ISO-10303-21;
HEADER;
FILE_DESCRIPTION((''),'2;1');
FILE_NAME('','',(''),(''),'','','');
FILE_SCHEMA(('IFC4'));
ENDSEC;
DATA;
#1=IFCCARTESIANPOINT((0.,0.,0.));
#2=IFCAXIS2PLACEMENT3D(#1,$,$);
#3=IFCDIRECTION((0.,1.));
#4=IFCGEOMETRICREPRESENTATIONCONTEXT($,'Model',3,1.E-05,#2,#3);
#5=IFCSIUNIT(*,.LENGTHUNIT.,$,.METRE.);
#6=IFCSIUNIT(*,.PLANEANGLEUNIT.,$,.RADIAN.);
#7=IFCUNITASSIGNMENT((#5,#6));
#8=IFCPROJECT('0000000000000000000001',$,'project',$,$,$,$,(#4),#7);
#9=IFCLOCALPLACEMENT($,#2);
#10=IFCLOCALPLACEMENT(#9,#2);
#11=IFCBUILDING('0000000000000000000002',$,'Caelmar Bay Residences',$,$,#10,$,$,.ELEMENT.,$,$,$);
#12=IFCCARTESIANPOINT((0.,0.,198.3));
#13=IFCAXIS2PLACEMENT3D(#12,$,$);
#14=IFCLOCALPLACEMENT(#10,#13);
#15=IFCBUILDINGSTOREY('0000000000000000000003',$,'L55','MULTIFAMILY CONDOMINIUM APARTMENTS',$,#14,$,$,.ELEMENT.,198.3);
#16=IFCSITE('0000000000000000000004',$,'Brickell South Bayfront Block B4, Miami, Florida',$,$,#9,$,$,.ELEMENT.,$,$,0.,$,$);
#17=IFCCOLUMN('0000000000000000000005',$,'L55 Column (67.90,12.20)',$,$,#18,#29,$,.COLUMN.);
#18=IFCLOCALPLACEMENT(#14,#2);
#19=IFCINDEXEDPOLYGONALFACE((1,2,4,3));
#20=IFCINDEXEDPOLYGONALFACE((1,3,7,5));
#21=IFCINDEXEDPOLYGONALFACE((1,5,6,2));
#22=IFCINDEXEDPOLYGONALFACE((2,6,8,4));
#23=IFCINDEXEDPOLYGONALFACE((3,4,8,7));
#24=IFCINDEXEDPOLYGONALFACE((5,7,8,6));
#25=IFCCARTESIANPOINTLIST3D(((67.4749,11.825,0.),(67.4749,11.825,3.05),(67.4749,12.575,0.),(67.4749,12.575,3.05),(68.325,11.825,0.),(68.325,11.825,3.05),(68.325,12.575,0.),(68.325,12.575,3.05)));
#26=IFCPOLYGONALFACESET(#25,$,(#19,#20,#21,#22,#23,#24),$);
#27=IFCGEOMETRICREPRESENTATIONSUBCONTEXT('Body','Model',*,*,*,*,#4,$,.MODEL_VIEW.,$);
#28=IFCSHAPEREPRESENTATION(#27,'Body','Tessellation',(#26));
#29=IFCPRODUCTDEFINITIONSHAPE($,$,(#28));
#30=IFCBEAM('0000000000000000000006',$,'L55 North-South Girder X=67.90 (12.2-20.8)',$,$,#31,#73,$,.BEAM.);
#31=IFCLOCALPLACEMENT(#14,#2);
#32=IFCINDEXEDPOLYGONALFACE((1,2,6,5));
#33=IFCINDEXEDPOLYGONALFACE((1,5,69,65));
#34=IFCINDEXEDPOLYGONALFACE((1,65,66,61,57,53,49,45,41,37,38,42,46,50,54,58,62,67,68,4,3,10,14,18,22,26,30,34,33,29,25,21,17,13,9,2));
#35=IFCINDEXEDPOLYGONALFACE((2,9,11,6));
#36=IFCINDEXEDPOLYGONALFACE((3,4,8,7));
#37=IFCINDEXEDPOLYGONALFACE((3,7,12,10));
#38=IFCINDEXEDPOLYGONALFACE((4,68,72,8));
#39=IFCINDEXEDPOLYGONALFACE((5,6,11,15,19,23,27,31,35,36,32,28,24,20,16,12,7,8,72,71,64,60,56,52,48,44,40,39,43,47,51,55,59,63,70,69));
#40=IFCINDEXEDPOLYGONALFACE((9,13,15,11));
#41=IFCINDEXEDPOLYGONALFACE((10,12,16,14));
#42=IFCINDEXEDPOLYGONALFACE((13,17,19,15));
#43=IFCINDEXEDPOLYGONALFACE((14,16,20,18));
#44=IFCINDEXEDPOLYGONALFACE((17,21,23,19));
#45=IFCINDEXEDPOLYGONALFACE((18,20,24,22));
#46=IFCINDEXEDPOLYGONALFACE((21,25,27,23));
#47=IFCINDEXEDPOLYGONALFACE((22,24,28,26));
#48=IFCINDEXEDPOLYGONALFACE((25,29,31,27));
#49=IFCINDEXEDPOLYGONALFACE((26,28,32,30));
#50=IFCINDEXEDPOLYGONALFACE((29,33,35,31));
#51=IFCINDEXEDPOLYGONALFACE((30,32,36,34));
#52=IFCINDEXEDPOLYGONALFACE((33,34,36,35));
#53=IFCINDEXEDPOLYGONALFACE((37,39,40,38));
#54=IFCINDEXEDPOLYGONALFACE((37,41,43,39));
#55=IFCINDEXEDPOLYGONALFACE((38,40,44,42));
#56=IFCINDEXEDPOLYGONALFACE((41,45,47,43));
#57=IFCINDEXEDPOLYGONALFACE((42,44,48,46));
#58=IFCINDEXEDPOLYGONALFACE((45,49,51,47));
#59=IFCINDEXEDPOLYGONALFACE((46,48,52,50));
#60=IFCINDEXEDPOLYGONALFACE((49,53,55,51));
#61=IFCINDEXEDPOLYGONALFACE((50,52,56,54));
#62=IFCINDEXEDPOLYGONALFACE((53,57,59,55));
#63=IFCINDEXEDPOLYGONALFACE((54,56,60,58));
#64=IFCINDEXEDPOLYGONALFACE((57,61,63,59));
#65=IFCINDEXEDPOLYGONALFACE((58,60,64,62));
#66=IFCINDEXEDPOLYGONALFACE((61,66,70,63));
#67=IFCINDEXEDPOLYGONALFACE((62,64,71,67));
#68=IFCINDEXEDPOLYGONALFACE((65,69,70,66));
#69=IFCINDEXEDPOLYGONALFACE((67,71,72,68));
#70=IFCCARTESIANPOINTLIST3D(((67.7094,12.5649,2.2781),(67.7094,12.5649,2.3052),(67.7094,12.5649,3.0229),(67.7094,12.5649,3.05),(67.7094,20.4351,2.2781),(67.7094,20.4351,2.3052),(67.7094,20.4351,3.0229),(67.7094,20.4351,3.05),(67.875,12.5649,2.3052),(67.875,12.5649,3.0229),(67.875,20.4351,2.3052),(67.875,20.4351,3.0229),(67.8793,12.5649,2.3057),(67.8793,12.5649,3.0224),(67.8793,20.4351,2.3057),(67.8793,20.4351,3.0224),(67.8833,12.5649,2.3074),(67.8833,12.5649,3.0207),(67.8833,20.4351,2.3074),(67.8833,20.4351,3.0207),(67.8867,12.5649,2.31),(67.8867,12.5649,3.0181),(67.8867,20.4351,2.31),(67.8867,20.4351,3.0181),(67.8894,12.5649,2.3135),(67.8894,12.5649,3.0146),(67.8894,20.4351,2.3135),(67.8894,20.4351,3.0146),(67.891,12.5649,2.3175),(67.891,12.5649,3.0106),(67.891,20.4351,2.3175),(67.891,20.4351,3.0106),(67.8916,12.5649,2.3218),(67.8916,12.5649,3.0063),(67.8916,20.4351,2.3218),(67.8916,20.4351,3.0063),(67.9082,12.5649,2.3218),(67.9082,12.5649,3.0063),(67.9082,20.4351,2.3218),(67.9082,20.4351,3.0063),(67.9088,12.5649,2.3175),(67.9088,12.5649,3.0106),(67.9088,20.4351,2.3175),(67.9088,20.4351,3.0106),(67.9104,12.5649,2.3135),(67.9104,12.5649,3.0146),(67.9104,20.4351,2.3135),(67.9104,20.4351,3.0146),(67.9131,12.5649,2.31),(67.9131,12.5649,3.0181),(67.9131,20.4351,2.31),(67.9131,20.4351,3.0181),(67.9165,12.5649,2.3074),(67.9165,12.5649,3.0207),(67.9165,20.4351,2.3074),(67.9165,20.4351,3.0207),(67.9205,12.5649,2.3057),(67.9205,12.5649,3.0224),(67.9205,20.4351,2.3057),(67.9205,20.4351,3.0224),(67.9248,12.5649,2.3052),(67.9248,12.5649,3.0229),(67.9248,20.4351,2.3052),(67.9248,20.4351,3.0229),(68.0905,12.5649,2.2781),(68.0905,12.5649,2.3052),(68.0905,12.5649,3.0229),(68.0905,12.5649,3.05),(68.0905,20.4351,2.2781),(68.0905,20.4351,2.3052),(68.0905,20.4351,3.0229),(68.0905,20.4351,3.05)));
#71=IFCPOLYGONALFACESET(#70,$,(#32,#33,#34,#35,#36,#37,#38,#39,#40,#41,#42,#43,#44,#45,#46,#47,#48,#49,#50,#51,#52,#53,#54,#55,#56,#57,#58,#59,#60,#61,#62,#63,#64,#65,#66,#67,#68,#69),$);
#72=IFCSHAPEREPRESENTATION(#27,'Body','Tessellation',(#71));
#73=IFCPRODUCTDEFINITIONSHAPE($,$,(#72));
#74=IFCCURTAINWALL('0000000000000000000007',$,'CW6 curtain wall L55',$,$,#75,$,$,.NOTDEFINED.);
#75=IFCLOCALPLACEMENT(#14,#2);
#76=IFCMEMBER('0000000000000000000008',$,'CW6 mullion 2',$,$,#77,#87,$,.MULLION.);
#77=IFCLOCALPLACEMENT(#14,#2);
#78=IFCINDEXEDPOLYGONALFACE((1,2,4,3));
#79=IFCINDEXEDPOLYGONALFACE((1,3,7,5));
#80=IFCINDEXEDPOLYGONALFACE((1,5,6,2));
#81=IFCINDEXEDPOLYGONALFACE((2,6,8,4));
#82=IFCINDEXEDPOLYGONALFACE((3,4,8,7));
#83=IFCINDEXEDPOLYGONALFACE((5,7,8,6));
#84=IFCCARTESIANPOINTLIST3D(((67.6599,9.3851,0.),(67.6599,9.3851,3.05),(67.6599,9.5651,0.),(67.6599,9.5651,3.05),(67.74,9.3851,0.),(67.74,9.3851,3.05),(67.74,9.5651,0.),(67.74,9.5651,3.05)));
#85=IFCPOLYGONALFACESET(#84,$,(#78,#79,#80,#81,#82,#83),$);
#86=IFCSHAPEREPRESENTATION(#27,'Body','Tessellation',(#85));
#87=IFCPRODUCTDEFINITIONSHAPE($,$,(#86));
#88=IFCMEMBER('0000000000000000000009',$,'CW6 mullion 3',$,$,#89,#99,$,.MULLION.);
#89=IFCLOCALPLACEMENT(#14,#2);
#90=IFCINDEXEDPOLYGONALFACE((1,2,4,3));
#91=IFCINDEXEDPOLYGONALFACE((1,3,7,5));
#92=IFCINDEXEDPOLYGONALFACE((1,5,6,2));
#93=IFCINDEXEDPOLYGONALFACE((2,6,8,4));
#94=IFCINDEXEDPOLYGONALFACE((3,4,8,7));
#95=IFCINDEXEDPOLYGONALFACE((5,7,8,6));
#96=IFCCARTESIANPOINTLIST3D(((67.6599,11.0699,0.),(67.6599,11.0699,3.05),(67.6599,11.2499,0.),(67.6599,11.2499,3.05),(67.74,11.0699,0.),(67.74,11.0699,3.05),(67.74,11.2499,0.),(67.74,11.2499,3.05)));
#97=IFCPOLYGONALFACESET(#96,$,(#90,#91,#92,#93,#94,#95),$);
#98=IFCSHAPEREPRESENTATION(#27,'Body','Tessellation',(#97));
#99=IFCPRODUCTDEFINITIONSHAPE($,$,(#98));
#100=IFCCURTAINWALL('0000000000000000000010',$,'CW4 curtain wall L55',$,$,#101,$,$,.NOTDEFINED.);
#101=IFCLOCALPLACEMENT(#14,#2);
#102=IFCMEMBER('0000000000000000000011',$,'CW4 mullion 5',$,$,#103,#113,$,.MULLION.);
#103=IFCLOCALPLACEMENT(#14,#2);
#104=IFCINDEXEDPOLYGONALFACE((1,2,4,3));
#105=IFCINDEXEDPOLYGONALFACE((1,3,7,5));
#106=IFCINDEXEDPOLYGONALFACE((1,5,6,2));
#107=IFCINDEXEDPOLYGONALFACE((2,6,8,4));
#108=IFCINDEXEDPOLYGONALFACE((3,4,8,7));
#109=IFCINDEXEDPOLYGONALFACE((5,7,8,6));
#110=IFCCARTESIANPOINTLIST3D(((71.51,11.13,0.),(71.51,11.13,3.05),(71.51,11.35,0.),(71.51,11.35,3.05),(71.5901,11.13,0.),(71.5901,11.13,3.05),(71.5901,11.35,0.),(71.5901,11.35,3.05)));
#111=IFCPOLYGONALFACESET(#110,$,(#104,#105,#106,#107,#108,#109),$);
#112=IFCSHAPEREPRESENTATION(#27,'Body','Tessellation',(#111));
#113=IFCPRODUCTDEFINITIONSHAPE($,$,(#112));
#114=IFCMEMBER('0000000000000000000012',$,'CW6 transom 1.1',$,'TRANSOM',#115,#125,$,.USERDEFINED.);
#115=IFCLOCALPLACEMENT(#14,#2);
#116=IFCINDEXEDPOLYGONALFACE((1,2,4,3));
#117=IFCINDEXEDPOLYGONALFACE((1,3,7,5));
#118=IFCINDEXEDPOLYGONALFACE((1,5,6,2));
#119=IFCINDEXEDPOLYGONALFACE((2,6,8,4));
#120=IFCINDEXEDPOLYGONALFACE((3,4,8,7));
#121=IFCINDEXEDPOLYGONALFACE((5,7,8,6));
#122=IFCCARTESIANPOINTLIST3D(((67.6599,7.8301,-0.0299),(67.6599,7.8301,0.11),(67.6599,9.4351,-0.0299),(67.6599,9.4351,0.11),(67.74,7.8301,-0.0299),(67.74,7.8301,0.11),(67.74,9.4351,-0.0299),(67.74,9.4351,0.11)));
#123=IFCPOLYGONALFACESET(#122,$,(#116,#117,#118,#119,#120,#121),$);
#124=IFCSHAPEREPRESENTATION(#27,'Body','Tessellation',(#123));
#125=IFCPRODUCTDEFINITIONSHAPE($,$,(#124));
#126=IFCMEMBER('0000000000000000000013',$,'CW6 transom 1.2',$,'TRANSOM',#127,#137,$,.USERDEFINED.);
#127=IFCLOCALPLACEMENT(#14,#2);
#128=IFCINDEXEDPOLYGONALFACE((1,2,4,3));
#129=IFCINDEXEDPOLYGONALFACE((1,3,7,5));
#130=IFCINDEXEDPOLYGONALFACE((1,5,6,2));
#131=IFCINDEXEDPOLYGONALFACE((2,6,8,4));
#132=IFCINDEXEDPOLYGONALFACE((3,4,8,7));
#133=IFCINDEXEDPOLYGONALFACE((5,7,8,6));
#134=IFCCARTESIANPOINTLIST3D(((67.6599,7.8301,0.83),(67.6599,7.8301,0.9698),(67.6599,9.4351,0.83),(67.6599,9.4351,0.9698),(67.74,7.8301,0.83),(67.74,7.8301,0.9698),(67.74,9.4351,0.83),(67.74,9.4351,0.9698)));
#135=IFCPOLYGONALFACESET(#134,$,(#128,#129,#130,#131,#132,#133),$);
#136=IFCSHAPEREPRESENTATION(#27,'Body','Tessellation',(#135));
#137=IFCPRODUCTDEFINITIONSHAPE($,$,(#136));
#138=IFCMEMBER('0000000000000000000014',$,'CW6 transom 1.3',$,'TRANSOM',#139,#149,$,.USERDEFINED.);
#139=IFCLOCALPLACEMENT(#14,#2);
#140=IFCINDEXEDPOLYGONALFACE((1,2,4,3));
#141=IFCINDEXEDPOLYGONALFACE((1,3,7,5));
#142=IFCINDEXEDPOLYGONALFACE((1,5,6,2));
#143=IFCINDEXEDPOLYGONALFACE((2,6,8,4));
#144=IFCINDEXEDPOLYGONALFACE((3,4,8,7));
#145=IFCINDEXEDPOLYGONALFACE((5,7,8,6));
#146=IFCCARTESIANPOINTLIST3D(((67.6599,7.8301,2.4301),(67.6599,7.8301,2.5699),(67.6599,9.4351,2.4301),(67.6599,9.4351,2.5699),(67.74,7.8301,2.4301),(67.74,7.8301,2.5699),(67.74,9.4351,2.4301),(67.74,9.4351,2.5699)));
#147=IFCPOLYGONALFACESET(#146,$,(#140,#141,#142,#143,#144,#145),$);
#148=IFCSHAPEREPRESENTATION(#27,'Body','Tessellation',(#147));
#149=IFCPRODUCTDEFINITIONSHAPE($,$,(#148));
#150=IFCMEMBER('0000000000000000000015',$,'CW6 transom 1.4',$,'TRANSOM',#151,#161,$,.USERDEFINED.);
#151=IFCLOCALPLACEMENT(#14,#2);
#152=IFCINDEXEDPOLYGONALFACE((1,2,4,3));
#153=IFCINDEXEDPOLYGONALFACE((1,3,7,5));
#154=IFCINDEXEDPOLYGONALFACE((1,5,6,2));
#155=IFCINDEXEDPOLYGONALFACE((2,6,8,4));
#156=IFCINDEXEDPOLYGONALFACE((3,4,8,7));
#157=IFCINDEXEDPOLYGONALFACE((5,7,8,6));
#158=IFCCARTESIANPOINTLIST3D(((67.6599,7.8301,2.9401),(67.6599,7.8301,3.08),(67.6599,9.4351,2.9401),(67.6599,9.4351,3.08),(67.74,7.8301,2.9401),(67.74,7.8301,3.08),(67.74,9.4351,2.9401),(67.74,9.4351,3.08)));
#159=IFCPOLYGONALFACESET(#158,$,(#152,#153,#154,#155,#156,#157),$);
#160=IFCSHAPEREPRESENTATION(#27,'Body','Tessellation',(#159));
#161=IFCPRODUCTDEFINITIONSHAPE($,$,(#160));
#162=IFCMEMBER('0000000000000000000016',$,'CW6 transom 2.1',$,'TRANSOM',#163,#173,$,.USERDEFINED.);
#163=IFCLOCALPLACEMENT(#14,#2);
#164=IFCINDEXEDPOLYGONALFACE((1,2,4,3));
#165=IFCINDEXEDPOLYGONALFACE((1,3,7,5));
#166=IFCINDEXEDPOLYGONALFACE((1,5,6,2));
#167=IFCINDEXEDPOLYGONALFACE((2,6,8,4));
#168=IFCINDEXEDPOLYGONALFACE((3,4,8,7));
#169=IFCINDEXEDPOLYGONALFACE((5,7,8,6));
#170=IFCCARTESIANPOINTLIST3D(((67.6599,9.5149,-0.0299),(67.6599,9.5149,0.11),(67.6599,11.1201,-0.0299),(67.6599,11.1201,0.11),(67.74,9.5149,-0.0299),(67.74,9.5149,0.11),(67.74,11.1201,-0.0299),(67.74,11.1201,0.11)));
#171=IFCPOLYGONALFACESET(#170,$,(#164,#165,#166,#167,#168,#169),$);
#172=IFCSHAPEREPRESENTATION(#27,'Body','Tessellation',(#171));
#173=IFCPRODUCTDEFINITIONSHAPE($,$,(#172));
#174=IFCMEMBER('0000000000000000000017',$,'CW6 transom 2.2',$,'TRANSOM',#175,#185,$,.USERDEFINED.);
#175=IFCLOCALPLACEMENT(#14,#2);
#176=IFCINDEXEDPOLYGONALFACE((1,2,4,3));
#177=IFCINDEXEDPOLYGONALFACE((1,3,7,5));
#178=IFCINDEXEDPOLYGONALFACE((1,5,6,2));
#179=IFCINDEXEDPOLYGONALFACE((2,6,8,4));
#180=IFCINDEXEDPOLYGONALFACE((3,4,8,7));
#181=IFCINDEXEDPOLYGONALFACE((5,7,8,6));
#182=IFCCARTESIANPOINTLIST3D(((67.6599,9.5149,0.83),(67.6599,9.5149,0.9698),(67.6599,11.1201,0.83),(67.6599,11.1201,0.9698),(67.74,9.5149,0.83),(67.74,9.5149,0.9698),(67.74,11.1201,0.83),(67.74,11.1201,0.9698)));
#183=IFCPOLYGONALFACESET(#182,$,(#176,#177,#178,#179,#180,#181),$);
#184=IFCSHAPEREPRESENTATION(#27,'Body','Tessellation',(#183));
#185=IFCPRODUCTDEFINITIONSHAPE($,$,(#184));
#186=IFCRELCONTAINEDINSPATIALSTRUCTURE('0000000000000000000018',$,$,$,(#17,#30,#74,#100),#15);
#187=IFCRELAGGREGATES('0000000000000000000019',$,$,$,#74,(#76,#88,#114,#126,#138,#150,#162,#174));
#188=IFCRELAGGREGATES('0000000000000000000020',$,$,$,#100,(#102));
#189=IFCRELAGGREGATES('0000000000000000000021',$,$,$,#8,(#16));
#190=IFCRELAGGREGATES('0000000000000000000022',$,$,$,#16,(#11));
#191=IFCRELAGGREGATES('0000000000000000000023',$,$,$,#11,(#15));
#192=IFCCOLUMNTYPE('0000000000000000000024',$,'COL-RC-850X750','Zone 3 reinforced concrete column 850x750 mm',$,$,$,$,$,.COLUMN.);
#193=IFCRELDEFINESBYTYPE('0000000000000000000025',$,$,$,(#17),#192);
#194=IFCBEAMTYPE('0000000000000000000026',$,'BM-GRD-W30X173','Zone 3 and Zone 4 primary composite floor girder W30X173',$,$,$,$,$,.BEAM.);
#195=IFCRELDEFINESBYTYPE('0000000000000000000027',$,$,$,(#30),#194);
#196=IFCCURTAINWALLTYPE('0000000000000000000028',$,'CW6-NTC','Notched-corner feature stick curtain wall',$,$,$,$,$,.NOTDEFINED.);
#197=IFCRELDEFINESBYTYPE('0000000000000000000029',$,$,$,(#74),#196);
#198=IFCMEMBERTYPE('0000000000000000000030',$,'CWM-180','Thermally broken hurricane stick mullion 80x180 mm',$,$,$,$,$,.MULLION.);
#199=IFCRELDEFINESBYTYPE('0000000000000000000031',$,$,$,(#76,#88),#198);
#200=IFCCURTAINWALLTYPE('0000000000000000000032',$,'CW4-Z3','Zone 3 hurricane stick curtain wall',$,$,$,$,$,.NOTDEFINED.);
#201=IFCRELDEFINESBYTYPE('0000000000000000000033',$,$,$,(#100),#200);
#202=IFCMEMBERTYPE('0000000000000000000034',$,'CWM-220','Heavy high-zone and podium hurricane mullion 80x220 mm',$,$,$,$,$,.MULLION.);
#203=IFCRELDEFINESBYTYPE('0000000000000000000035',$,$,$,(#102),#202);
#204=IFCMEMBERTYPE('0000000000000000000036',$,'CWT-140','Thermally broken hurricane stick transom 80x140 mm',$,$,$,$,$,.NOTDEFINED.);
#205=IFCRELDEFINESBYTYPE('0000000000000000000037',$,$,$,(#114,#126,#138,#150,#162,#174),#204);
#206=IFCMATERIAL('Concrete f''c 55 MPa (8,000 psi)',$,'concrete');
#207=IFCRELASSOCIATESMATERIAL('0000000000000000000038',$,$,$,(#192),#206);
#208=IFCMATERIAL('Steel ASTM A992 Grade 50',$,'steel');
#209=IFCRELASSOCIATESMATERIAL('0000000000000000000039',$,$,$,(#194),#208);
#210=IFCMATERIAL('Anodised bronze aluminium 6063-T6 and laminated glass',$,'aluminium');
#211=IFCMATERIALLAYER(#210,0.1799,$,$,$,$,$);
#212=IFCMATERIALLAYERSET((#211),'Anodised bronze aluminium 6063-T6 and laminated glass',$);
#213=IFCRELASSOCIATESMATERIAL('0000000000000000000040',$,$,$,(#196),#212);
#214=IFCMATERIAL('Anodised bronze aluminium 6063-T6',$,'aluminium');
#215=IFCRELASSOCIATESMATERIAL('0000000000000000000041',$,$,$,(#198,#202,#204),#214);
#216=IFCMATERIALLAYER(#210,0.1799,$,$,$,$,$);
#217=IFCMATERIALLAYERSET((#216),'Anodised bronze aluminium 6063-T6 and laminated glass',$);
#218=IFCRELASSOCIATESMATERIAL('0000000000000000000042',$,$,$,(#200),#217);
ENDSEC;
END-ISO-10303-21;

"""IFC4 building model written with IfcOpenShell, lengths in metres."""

from ifc_helpers import new_model, si_unit, direction, frame, origin, origin_2d, place, context, subcontext, project, spatial, rectangle, i_section, extrude, material, layer, layer_set, material_profile, profile_set, type_object, element, aggregate, save


model = new_model("IFC4")

# Units and contexts
model_context = context("Model", 3, precision=1e-05, world=origin(), true_north=direction((0.0, 1.0)))
body_context = subcontext(model_context, "Body", "Model", "MODEL_VIEW")
ifc_project = project(units=[si_unit("LENGTHUNIT", "METRE"), si_unit("PLANEANGLEUNIT", "RADIAN")], contexts=[model_context])

# Site, building, storey
site_placement = place(None, origin())
site = spatial("IfcSite", under=ifc_project, at=site_placement, Name="Brickell South Bayfront Block B4, Miami, Florida", CompositionType="ELEMENT", RefElevation=0.0)
building_placement = place(site_placement, origin())
building = spatial("IfcBuilding", under=site, at=building_placement, Name="Caelmar Bay Residences", CompositionType="ELEMENT")
storey_placement = place(building_placement, frame((0.0, 0.0, 198.3)))
storey = spatial("IfcBuildingStorey", under=building, at=storey_placement, Name="L55", Description="MULTIFAMILY CONDOMINIUM APARTMENTS", CompositionType="ELEMENT", Elevation=198.3)

# Column
ifc_material_1 = material(Name="Concrete f'c 55 MPa (8,000 psi)", Category="concrete")
ifc_material_profile_1 = material_profile(ifc_material_1, rectangle(XDim=0.8501, YDim=0.75, at=origin_2d()), Name="RC-COL-850X750")
ifc_profile_set_1 = profile_set([ifc_material_profile_1], Name="Concrete f'c 55 MPa (8,000 psi)")
column_type = type_object("IfcColumnType", Name="COL-RC-850X750", Description="Zone 3 reinforced concrete column 850x750 mm", PredefinedType="COLUMN", material=ifc_profile_set_1)
column_placement = place(storey_placement, frame((67.8999, 12.2, 0.0), z_axis=(0.0, 0.0, 1.0), x_axis=(1.0, 0.0, 0.0)))
element("IfcColumn", 1, at=column_placement, inside=storey, type_object=column_type, Name="L55 Column (67.90,12.20)", PredefinedType="COLUMN", context=body_context, shape_type="SweptSolid", body=[
    extrude(rectangle(XDim=0.8501, YDim=0.75, at=origin_2d()), origin(), (0.0, 0.0, 1.0), 3.05),
])

# Beam
ifc_material_2 = material(Name="Steel ASTM A992 Grade 50", Category="steel")
ifc_material_profile_2 = material_profile(ifc_material_2, i_section(OverallWidth=0.3811, OverallDepth=0.772, WebThickness=0.0166, FlangeThickness=0.0271, FilletRadius=0.0166, at=origin_2d()), Name="W30X173")
ifc_profile_set_2 = profile_set([ifc_material_profile_2], Name="Steel ASTM A992 Grade 50")
beam_type = type_object("IfcBeamType", Name="BM-GRD-W30X173", Description="Zone 3 and Zone 4 primary composite floor girder W30X173", PredefinedType="BEAM", material=ifc_profile_set_2)
beam_placement = place(storey_placement, frame((67.8999, 12.5649, 2.6641), z_axis=(0.0, 1.0, 0.0), x_axis=(-1.0, 0.0, 0.0)))
element("IfcBeam", 2, at=beam_placement, inside=storey, type_object=beam_type, Name="L55 North-South Girder X=67.90 (12.2-20.8)", PredefinedType="BEAM", context=body_context, shape_type="SweptSolid", body=[
    extrude(i_section(OverallWidth=0.3811, OverallDepth=0.772, WebThickness=0.0166, FlangeThickness=0.0271, FilletRadius=0.0166, at=origin_2d()), origin(), (0.0, 0.0, 1.0), 7.8701),
])

# Curtain wall, members
ifc_material_3 = material(Name="Anodised bronze aluminium 6063-T6 and laminated glass", Category="aluminium")
ifc_layer_1 = layer(ifc_material_3, 0.1799)
ifc_layer_set_1 = layer_set([ifc_layer_1], Name="Anodised bronze aluminium 6063-T6 and laminated glass")
curtain_wall_type_1 = type_object("IfcCurtainWallType", Name="CW6-NTC", Description="Notched-corner feature stick curtain wall", PredefinedType="NOTDEFINED", material=ifc_layer_set_1)
curtain_wall_1_placement = place(storey_placement, origin())
curtain_wall_1 = element("IfcCurtainWall", 3, at=curtain_wall_1_placement, inside=storey, type_object=curtain_wall_type_1, Name="CW6 curtain wall L55", PredefinedType="NOTDEFINED")
ifc_material_4 = material(Name="Anodised bronze aluminium 6063-T6", Category="aluminium")
ifc_material_profile_3 = material_profile(ifc_material_4, rectangle(XDim=0.0801, YDim=0.1799, at=origin_2d()), Name="CWM-80X180")
ifc_profile_set_3 = profile_set([ifc_material_profile_3], Name="Anodised bronze aluminium 6063-T6")
member_type_1 = type_object("IfcMemberType", Name="CWM-180", Description="Thermally broken hurricane stick mullion 80x180 mm", PredefinedType="MULLION", material=ifc_profile_set_3)
member_1_placement = place(storey_placement, frame((67.7, 9.4751, 0.0), z_axis=(0.0, 0.0, 1.0), x_axis=(-1.0, 0.0, 0.0)))
member_1 = element("IfcMember", 4, at=member_1_placement, type_object=member_type_1, Name="CW6 mullion 2", PredefinedType="MULLION", context=body_context, shape_type="SweptSolid", body=[
    extrude(rectangle(XDim=0.0801, YDim=0.1799, at=origin_2d()), origin(), (0.0, 0.0, 1.0), 3.05),
])
member_2_placement = place(storey_placement, frame((67.7, 11.1599, 0.0), z_axis=(0.0, 0.0, 1.0), x_axis=(-1.0, 0.0, 0.0)))
member_2 = element("IfcMember", 5, at=member_2_placement, type_object=member_type_1, Name="CW6 mullion 3", PredefinedType="MULLION", context=body_context, shape_type="SweptSolid", body=[
    extrude(rectangle(XDim=0.0801, YDim=0.1799, at=origin_2d()), origin(), (0.0, 0.0, 1.0), 3.05),
])

# Curtain wall, member
ifc_layer_2 = layer(ifc_material_3, 0.1799)
ifc_layer_set_2 = layer_set([ifc_layer_2], Name="Anodised bronze aluminium 6063-T6 and laminated glass")
curtain_wall_type_2 = type_object("IfcCurtainWallType", Name="CW4-Z3", Description="Zone 3 hurricane stick curtain wall", PredefinedType="NOTDEFINED", material=ifc_layer_set_2)
curtain_wall_2_placement = place(storey_placement, origin())
curtain_wall_2 = element("IfcCurtainWall", 6, at=curtain_wall_2_placement, inside=storey, type_object=curtain_wall_type_2, Name="CW4 curtain wall L55", PredefinedType="NOTDEFINED")
ifc_material_profile_4 = material_profile(ifc_material_4, rectangle(XDim=0.0801, YDim=0.22, at=origin_2d()), Name="CWM-80X220")
ifc_profile_set_4 = profile_set([ifc_material_profile_4], Name="Anodised bronze aluminium 6063-T6")
member_type_2 = type_object("IfcMemberType", Name="CWM-220", Description="Heavy high-zone and podium hurricane mullion 80x220 mm", PredefinedType="MULLION", material=ifc_profile_set_4)
member_3_placement = place(storey_placement, frame((71.55, 11.24, 0.0), z_axis=(0.0, 0.0, 1.0), x_axis=(1.0, 0.0, 0.0)))
member_3 = element("IfcMember", 7, at=member_3_placement, type_object=member_type_2, Name="CW4 mullion 5", PredefinedType="MULLION", context=body_context, shape_type="SweptSolid", body=[
    extrude(rectangle(XDim=0.0801, YDim=0.22, at=origin_2d()), origin(), (0.0, 0.0, 1.0), 3.05),
])

# Members
ifc_material_profile_5 = material_profile(ifc_material_4, rectangle(XDim=0.0801, YDim=0.1399, at=origin_2d()), Name="CWT-80X140")
ifc_profile_set_5 = profile_set([ifc_material_profile_5], Name="Anodised bronze aluminium 6063-T6")
member_type_3 = type_object("IfcMemberType", Name="CWT-140", Description="Thermally broken hurricane stick transom 80x140 mm", PredefinedType="NOTDEFINED", material=ifc_profile_set_5)
member_4_placement = place(storey_placement, frame((67.7, 7.8301, 0.04), z_axis=(0.0, 1.0, 0.0), x_axis=(-1.0, 0.0, 0.0)))
member_4 = element("IfcMember", 8, at=member_4_placement, type_object=member_type_3, Name="CW6 transom 1.1", ObjectType="TRANSOM", PredefinedType="USERDEFINED", context=body_context, shape_type="SweptSolid", body=[
    extrude(rectangle(XDim=0.0801, YDim=0.1399, at=origin_2d()), origin(), (0.0, 0.0, 1.0), 1.605),
])
member_5_placement = place(storey_placement, frame((67.7, 7.8301, 0.8999), z_axis=(0.0, 1.0, 0.0), x_axis=(-1.0, 0.0, 0.0)))
member_5 = element("IfcMember", 9, at=member_5_placement, type_object=member_type_3, Name="CW6 transom 1.2", ObjectType="TRANSOM", PredefinedType="USERDEFINED", context=body_context, shape_type="SweptSolid", body=[
    extrude(rectangle(XDim=0.0801, YDim=0.1399, at=origin_2d()), origin(), (0.0, 0.0, 1.0), 1.605),
])
member_6_placement = place(storey_placement, frame((67.7, 7.8301, 2.5), z_axis=(0.0, 1.0, 0.0), x_axis=(-1.0, 0.0, 0.0)))
member_6 = element("IfcMember", 10, at=member_6_placement, type_object=member_type_3, Name="CW6 transom 1.3", ObjectType="TRANSOM", PredefinedType="USERDEFINED", context=body_context, shape_type="SweptSolid", body=[
    extrude(rectangle(XDim=0.0801, YDim=0.1399, at=origin_2d()), origin(), (0.0, 0.0, 1.0), 1.605),
])
member_7_placement = place(storey_placement, frame((67.7, 7.8301, 3.01), z_axis=(0.0, 1.0, 0.0), x_axis=(-1.0, 0.0, 0.0)))
member_7 = element("IfcMember", 11, at=member_7_placement, type_object=member_type_3, Name="CW6 transom 1.4", ObjectType="TRANSOM", PredefinedType="USERDEFINED", context=body_context, shape_type="SweptSolid", body=[
    extrude(rectangle(XDim=0.0801, YDim=0.1399, at=origin_2d()), origin(), (0.0, 0.0, 1.0), 1.605),
])
member_8_placement = place(storey_placement, frame((67.7, 9.5149, 0.04), z_axis=(0.0, 1.0, 0.0), x_axis=(-1.0, 0.0, 0.0)))
member_8 = element("IfcMember", 12, at=member_8_placement, type_object=member_type_3, Name="CW6 transom 2.1", ObjectType="TRANSOM", PredefinedType="USERDEFINED", context=body_context, shape_type="SweptSolid", body=[
    extrude(rectangle(XDim=0.0801, YDim=0.1399, at=origin_2d()), origin(), (0.0, 0.0, 1.0), 1.6052),
])
member_9_placement = place(storey_placement, frame((67.7, 9.5149, 0.8999), z_axis=(0.0, 1.0, 0.0), x_axis=(-1.0, 0.0, 0.0)))
member_9 = element("IfcMember", 13, at=member_9_placement, type_object=member_type_3, Name="CW6 transom 2.2", ObjectType="TRANSOM", PredefinedType="USERDEFINED", context=body_context, shape_type="SweptSolid", body=[
    extrude(rectangle(XDim=0.0801, YDim=0.1399, at=origin_2d()), origin(), (0.0, 0.0, 1.0), 1.6052),
])

aggregate(curtain_wall_1, [member_1, member_2, member_4, member_5, member_6, member_7, member_8, member_9])
aggregate(curtain_wall_2, [member_3])

save(model, "model.ifc")
